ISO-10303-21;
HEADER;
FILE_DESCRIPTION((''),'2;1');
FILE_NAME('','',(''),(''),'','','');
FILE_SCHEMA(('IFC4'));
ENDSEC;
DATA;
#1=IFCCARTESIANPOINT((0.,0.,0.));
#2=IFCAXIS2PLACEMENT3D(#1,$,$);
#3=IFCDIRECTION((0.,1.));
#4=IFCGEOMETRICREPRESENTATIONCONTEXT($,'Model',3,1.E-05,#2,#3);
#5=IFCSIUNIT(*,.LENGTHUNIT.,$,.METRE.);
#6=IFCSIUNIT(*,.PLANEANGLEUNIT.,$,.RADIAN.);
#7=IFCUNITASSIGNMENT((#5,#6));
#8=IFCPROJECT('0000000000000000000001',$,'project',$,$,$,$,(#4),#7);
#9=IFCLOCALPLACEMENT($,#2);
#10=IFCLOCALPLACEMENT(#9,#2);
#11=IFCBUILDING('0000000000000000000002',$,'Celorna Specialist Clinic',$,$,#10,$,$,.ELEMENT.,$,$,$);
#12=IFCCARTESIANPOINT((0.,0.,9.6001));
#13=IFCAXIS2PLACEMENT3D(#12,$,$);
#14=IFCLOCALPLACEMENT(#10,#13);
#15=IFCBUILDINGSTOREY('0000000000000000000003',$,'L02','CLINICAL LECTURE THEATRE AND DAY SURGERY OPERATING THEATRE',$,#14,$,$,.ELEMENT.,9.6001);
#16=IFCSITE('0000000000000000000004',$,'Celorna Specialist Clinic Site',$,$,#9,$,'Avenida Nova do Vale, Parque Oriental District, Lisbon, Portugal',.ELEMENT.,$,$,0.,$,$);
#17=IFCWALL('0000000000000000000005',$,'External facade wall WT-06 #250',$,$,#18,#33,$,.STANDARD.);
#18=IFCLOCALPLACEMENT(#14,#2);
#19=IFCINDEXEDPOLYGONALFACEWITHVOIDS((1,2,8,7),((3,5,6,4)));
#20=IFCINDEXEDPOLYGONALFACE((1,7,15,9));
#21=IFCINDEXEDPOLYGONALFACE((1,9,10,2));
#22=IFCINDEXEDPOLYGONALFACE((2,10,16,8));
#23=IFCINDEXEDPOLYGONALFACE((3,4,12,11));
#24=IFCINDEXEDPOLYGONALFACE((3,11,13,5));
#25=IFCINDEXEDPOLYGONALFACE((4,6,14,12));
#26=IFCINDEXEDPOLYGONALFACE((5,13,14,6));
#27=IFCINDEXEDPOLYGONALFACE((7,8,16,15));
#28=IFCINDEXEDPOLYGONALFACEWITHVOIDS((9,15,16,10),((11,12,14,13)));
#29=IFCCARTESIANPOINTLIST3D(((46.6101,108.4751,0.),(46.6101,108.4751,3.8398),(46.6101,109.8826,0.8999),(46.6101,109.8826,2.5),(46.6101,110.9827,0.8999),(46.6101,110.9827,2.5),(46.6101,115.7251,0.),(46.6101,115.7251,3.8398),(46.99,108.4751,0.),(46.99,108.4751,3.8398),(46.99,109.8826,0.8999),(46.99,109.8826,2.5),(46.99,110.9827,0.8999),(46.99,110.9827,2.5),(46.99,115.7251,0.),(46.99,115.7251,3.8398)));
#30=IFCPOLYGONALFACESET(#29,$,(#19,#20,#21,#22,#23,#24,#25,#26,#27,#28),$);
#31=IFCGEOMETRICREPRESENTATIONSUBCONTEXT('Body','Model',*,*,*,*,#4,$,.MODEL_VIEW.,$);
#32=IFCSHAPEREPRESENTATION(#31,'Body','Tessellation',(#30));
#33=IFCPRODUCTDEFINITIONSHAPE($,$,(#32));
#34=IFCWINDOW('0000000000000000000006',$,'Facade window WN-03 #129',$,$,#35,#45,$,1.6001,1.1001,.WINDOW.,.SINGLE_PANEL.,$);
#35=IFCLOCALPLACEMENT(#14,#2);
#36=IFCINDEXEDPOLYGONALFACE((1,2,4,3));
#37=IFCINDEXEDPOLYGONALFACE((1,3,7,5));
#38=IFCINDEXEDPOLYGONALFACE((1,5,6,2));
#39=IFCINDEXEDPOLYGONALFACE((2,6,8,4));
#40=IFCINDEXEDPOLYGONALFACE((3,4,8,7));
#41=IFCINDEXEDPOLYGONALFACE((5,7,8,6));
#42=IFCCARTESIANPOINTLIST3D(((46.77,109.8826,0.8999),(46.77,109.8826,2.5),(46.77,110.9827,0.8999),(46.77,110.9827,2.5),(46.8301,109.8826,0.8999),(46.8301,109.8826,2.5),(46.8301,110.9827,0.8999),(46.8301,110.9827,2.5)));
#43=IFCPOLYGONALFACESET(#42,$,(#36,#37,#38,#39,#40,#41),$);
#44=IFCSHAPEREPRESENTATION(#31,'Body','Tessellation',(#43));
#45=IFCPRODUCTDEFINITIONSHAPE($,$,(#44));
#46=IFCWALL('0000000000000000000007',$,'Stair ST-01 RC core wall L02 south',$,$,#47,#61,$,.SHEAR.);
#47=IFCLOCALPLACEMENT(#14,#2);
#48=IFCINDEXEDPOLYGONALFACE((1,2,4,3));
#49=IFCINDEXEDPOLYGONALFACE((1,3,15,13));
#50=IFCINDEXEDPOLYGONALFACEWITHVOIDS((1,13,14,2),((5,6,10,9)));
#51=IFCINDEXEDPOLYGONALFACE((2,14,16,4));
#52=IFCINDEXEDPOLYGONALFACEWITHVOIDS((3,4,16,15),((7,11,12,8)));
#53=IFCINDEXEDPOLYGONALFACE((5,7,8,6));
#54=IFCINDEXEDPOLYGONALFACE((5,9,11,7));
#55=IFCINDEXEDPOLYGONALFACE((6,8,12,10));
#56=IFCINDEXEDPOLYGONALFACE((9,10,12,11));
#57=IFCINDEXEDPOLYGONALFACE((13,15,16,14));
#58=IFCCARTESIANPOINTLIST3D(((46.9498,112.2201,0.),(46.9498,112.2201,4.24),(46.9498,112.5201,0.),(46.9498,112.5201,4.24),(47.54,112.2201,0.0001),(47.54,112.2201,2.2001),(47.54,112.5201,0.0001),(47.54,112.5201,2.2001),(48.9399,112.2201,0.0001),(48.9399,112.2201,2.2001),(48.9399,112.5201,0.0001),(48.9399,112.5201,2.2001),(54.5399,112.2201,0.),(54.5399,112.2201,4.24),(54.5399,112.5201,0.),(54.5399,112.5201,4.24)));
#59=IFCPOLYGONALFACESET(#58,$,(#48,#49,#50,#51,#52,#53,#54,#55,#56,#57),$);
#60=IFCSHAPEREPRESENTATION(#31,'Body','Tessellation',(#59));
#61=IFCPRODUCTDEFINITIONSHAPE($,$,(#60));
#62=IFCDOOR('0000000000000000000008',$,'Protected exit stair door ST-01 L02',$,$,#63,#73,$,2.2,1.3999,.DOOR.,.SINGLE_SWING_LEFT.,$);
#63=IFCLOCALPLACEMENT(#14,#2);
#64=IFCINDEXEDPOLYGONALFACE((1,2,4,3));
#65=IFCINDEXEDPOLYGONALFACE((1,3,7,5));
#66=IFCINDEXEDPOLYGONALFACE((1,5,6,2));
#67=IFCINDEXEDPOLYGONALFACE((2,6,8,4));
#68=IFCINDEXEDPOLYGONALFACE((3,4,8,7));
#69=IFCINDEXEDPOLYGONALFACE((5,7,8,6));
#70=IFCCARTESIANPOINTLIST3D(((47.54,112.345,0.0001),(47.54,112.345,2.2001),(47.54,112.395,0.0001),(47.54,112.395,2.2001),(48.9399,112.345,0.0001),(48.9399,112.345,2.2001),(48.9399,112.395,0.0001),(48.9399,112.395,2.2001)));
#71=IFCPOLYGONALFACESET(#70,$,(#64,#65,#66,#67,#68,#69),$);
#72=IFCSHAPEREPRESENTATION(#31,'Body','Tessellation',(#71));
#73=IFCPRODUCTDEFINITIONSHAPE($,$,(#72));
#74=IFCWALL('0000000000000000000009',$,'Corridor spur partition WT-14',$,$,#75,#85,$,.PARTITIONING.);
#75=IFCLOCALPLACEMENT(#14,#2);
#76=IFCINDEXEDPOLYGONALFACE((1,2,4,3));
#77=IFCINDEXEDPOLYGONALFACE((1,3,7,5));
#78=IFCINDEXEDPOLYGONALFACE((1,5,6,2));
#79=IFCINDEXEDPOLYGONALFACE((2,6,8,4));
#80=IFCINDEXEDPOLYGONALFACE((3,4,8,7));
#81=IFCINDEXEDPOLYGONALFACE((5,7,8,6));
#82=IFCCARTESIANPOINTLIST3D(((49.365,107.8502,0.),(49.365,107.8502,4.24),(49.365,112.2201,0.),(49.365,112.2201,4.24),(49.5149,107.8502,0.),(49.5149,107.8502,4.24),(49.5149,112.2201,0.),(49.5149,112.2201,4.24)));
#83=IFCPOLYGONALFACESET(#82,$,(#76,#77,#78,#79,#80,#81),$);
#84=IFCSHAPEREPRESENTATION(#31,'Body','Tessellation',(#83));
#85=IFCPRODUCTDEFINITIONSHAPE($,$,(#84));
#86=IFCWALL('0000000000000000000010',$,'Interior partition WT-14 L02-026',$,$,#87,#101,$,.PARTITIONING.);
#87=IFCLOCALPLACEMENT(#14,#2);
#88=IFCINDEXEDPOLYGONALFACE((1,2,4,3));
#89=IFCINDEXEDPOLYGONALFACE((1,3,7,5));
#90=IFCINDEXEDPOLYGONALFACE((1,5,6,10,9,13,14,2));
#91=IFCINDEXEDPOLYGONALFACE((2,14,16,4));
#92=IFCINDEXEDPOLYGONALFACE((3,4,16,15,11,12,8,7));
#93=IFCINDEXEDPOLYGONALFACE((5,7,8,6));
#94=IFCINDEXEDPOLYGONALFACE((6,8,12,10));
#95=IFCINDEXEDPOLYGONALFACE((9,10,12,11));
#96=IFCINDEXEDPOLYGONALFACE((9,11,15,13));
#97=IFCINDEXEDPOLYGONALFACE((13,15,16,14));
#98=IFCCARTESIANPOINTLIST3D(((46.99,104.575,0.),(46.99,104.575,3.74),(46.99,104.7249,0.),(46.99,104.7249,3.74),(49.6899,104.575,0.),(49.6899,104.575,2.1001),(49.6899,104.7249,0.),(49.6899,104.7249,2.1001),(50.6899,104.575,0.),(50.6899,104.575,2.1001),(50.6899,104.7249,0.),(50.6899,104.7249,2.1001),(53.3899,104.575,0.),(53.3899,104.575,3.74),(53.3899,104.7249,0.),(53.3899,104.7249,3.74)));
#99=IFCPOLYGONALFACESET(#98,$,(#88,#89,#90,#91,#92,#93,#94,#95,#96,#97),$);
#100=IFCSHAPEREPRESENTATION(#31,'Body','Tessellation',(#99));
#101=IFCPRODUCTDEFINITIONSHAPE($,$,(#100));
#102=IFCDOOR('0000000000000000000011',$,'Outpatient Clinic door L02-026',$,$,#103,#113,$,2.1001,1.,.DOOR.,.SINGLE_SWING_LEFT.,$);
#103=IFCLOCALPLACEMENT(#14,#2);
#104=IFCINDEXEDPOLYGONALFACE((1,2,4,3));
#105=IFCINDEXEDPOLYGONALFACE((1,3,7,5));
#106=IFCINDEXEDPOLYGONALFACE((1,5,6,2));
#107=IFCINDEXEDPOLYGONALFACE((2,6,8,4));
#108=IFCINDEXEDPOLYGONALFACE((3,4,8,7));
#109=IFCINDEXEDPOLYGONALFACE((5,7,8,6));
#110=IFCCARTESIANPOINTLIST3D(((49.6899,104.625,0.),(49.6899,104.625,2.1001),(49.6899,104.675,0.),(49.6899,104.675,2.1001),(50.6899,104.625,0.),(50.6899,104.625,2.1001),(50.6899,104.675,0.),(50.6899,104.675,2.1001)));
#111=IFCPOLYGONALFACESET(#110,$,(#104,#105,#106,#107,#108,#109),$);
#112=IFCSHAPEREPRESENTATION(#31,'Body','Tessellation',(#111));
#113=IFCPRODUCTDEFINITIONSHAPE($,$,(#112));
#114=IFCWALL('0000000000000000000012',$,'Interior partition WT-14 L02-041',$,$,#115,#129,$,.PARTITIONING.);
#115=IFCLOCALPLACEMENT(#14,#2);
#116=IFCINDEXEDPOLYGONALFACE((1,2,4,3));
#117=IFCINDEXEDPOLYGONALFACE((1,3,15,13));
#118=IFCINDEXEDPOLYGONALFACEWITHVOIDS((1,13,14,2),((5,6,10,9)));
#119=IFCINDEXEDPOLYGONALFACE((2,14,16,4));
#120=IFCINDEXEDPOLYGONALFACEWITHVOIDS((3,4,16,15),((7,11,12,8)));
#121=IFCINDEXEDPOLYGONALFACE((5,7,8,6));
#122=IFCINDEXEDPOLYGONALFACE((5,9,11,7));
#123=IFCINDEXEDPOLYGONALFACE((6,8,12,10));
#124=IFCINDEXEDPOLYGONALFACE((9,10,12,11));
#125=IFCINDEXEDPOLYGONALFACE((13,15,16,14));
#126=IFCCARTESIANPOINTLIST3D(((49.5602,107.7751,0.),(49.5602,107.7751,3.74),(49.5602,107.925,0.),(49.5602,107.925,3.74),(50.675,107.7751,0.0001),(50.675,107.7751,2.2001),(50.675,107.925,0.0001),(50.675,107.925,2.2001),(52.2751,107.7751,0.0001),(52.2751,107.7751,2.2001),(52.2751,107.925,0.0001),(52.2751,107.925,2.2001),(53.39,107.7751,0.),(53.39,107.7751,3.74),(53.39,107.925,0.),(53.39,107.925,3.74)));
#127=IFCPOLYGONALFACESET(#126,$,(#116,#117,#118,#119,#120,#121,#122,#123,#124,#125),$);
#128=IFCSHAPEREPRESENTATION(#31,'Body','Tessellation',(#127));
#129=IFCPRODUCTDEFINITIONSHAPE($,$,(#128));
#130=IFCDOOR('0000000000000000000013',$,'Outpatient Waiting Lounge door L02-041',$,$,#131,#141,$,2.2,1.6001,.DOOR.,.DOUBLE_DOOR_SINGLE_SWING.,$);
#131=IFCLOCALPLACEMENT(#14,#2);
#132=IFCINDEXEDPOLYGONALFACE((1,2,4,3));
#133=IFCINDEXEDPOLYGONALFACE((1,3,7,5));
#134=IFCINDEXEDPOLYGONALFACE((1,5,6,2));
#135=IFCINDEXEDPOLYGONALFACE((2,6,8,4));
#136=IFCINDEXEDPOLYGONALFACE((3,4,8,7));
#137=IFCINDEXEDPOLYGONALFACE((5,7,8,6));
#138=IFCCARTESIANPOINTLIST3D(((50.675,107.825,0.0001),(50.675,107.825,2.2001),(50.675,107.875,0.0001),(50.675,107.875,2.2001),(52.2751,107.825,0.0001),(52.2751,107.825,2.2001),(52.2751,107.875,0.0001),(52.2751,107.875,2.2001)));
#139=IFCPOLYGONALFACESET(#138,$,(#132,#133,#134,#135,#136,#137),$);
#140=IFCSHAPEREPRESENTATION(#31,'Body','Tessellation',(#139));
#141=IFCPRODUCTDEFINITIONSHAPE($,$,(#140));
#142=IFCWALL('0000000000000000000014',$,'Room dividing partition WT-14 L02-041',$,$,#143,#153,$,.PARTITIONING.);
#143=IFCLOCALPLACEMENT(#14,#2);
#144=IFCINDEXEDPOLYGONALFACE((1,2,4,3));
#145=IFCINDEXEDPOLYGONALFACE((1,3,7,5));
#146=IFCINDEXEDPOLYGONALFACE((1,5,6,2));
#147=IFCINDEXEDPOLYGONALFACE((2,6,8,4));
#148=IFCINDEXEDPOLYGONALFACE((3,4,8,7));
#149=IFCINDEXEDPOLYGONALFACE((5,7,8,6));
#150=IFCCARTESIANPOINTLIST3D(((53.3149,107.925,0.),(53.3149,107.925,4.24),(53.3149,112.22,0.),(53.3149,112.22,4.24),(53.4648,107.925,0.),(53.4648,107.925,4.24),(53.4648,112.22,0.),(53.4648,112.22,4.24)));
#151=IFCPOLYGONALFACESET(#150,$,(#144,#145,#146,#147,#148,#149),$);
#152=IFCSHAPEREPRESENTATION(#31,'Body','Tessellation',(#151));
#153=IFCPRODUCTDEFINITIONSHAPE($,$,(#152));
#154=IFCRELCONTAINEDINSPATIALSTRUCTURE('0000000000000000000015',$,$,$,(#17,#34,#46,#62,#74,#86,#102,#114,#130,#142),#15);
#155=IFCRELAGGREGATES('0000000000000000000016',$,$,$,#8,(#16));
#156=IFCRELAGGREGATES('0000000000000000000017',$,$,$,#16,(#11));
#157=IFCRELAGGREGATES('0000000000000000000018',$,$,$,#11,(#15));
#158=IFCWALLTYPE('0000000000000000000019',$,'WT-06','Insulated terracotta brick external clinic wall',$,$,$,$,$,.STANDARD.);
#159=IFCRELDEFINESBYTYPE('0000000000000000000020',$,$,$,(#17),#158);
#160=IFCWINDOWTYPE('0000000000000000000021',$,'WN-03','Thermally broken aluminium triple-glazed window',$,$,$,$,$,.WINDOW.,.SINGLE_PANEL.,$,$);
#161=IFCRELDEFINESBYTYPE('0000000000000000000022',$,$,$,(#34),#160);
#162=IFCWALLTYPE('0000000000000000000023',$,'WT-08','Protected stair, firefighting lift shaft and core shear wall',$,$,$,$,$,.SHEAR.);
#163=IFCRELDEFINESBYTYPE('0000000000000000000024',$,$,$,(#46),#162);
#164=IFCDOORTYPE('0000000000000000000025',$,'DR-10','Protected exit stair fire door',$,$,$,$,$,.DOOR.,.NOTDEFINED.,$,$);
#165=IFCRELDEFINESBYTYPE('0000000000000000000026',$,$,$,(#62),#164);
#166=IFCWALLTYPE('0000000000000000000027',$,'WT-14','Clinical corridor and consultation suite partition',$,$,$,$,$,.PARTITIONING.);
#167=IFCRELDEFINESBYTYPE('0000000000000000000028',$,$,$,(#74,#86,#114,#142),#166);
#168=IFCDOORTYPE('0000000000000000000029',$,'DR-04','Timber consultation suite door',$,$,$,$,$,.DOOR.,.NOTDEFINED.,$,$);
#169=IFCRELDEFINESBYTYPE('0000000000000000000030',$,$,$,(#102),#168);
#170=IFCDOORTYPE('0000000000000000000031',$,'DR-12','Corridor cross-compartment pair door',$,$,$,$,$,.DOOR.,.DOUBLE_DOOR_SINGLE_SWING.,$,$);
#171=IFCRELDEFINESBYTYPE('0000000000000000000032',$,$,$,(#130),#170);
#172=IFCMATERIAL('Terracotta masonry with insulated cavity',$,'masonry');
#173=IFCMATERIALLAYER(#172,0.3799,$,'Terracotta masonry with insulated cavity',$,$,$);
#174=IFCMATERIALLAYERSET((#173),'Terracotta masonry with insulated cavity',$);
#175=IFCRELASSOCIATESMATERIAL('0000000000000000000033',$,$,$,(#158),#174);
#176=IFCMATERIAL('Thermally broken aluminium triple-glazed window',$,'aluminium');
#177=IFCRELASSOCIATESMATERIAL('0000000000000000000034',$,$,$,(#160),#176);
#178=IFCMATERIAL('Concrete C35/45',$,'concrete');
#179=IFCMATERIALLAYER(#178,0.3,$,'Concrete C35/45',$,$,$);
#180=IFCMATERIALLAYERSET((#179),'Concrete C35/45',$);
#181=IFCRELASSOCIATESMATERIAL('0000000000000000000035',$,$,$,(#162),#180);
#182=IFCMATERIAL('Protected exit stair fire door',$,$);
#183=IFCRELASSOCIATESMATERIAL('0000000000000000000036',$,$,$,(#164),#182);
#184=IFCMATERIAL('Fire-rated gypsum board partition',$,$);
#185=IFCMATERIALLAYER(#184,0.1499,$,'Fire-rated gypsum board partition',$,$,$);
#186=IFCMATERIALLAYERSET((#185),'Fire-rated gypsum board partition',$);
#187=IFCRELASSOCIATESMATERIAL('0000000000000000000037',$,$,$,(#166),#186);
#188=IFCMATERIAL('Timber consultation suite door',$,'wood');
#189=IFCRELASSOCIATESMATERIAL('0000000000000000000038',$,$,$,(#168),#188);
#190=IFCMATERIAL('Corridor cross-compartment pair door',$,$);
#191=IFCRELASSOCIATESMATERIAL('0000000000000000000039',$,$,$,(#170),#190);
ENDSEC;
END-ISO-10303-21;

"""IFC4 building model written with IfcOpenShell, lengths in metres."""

from ifc_helpers import new_model, si_unit, direction, frame, frame_2d, origin, place, context, subcontext, project, spatial, rectangle, extrude, material, layer, layer_set, type_object, element, fill, save


model = new_model("IFC4")

# Units and contexts
model_context = context("Model", 3, precision=1e-05, world=origin(), true_north=direction((0.0, 1.0)))
body_context = subcontext(model_context, "Body", "Model", "MODEL_VIEW")
ifc_project = project(units=[si_unit("LENGTHUNIT", "METRE"), si_unit("PLANEANGLEUNIT", "RADIAN")], contexts=[model_context])

# Site, building, storey
site_placement = place(None, origin())
site = spatial("IfcSite", under=ifc_project, at=site_placement, Name="Celorna Specialist Clinic Site", LongName="Avenida Nova do Vale, Parque Oriental District, Lisbon, Portugal", CompositionType="ELEMENT", RefElevation=0.0)
building_placement = place(site_placement, origin())
building = spatial("IfcBuilding", under=site, at=building_placement, Name="Celorna Specialist Clinic", CompositionType="ELEMENT")
storey_placement = place(building_placement, frame((0.0, 0.0, 9.6001)))
storey = spatial("IfcBuildingStorey", under=building, at=storey_placement, Name="L02", Description="CLINICAL LECTURE THEATRE AND DAY SURGERY OPERATING THEATRE", CompositionType="ELEMENT", Elevation=9.6001)

# Shared definitions
ifc_material_1 = material(Name="Concrete C35/45", Category="concrete")

# Wall, opening, window
ifc_material_2 = material(Name="Terracotta masonry with insulated cavity", Category="masonry")
ifc_layer_1 = layer(ifc_material_2, 0.3799, Name="Terracotta masonry with insulated cavity")
ifc_layer_set_1 = layer_set([ifc_layer_1], Name="Terracotta masonry with insulated cavity")
wall_type_1 = type_object("IfcWallType", Name="WT-06", Description="Insulated terracotta brick external clinic wall", PredefinedType="STANDARD", material=ifc_layer_set_1)
ifc_material_3 = material(Name="Thermally broken aluminium triple-glazed window", Category="aluminium")
wall_1_placement = place(storey_placement, frame((46.8, 108.4751, 0.0), z_axis=(0.0, 0.0, 1.0), x_axis=(0.0, 1.0, 0.0)))
wall_1 = element("IfcWall", 1, at=wall_1_placement, inside=storey, type_object=wall_type_1, Name="External facade wall WT-06 #250", PredefinedType="STANDARD", context=body_context, shape_type="SweptSolid", body=[
    extrude(rectangle(XDim=7.25, YDim=0.3799, at=frame_2d((3.625, 0.0))), origin(), (0.0, 0.0, 1.0), 3.8398),
])
opening_1_placement = place(wall_1_placement, frame((1.4075, 0.0, 0.8999)))
opening_1 = element("IfcOpeningElement", 2, at=opening_1_placement, cuts=wall_1, PredefinedType="OPENING", context=body_context, shape_type="SweptSolid", body=[
    extrude(rectangle(XDim=1.1001, YDim=1.6001, at=frame_2d((0.55, 0.8))), frame((0.0, 0.2, 0.0), z_axis=(0.0, -1.0, 0.0), x_axis=(1.0, 0.0, 0.0)), (0.0, 0.0, 1.0), 0.3999),
])
window_type_1 = type_object("IfcWindowType", Name="WN-03", Description="Thermally broken aluminium triple-glazed window", PartitioningType="SINGLE_PANEL", PredefinedType="WINDOW", material=ifc_material_3)
window_1_placement = place(opening_1_placement, origin())
window_1 = element("IfcWindow", 3, at=window_1_placement, inside=storey, type_object=window_type_1, Name="Facade window WN-03 #129", OverallHeight=1.6001, OverallWidth=1.1001, PartitioningType="SINGLE_PANEL", PredefinedType="WINDOW", context=body_context, shape_type="SweptSolid", body=[
    extrude(rectangle(XDim=1.1001, YDim=1.6001, at=frame_2d((0.55, 0.8))), frame((0.0, 0.03, 0.0), z_axis=(0.0, -1.0, 0.0), x_axis=(1.0, 0.0, 0.0)), (0.0, 0.0, 1.0), 0.0601),
])
fill(opening_1, window_1)

# Wall, opening, door
ifc_layer_2 = layer(ifc_material_1, 0.3, Name="Concrete C35/45")
ifc_layer_set_2 = layer_set([ifc_layer_2], Name="Concrete C35/45")
wall_type_2 = type_object("IfcWallType", Name="WT-08", Description="Protected stair, firefighting lift shaft and core shear wall", PredefinedType="SHEAR", material=ifc_layer_set_2)
wall_2_placement = place(storey_placement, frame((46.95, 112.3701, 0.0), z_axis=(0.0, 0.0, 1.0), x_axis=(1.0, 0.0, 0.0)))
wall_2 = element("IfcWall", 4, at=wall_2_placement, inside=storey, type_object=wall_type_2, Name="Stair ST-01 RC core wall L02 south", PredefinedType="SHEAR", context=body_context, shape_type="SweptSolid", body=[
    extrude(rectangle(XDim=7.5901, YDim=0.3, at=frame_2d((3.7949, 0.0))), origin(), (0.0, 0.0, 1.0), 4.24),
])
opening_2_placement = place(wall_2_placement, frame((0.5901, 0.0, 0.0)))
opening_2 = element("IfcOpeningElement", 5, at=opening_2_placement, cuts=wall_2, PredefinedType="OPENING", context=body_context, shape_type="SweptSolid", body=[
    extrude(rectangle(XDim=1.3999, YDim=2.2, at=frame_2d((0.7, 1.1001))), frame((0.0, 0.1599, 0.0), z_axis=(0.0, -1.0, 0.0), x_axis=(1.0, 0.0, 0.0)), (0.0, 0.0, 1.0), 0.3201),
])
ifc_material_4 = material(Name="Protected exit stair fire door")
door_type_1 = type_object("IfcDoorType", Name="DR-10", Description="Protected exit stair fire door", OperationType="NOTDEFINED", PredefinedType="DOOR", material=ifc_material_4)
door_1_placement = place(opening_2_placement, origin())
door_1 = element("IfcDoor", 6, at=door_1_placement, inside=storey, type_object=door_type_1, Name="Protected exit stair door ST-01 L02", OperationType="SINGLE_SWING_LEFT", OverallHeight=2.2, OverallWidth=1.3999, PredefinedType="DOOR", context=body_context, shape_type="SweptSolid", body=[
    extrude(rectangle(XDim=1.3999, YDim=2.2, at=frame_2d((0.7, 1.1001))), frame((0.0, 0.0249, 0.0), z_axis=(0.0, -1.0, 0.0), x_axis=(1.0, 0.0, 0.0)), (0.0, 0.0, 1.0), 0.05),
])
fill(opening_2, door_1)

# Wall
ifc_material_5 = material(Name="Fire-rated gypsum board partition")
ifc_layer_3 = layer(ifc_material_5, 0.1499, Name="Fire-rated gypsum board partition")
ifc_layer_set_3 = layer_set([ifc_layer_3], Name="Fire-rated gypsum board partition")
wall_type_3 = type_object("IfcWallType", Name="WT-14", Description="Clinical corridor and consultation suite partition", PredefinedType="PARTITIONING", material=ifc_layer_set_3)
wall_3_placement = place(storey_placement, frame((49.4399, 107.8501, 0.0), z_axis=(0.0, 0.0, 1.0), x_axis=(0.0, 1.0, 0.0)))
element("IfcWall", 7, at=wall_3_placement, inside=storey, type_object=wall_type_3, Name="Corridor spur partition WT-14", PredefinedType="PARTITIONING", context=body_context, shape_type="SweptSolid", body=[
    extrude(rectangle(XDim=4.3699, YDim=0.1499, at=frame_2d((2.1851, 0.0))), origin(), (0.0, 0.0, 1.0), 4.24),
])

# Walls, openings, doors
wall_4_placement = place(storey_placement, frame((53.3899, 104.6499, 0.0), z_axis=(0.0, 0.0, 1.0), x_axis=(-1.0, 0.0, 0.0)))
wall_4 = element("IfcWall", 8, at=wall_4_placement, inside=storey, type_object=wall_type_3, Name="Interior partition WT-14 L02-026", PredefinedType="PARTITIONING", context=body_context, shape_type="SweptSolid", body=[
    extrude(rectangle(XDim=6.3999, YDim=0.1499, at=frame_2d((3.2, 0.0))), origin(), (0.0, 0.0, 1.0), 3.74),
])
opening_3_placement = place(wall_4_placement, frame((2.7, 0.0, 0.0)))
opening_3 = element("IfcOpeningElement", 9, at=opening_3_placement, cuts=wall_4, PredefinedType="OPENING", context=body_context, shape_type="SweptSolid", body=[
    extrude(rectangle(XDim=1.0, YDim=2.1001, at=frame_2d((0.5, 1.05))), frame((0.0, 0.085, 0.0), z_axis=(0.0, -1.0, 0.0), x_axis=(1.0, 0.0, 0.0)), (0.0, 0.0, 1.0), 0.1699),
])
ifc_material_6 = material(Name="Timber consultation suite door", Category="wood")
door_type_2 = type_object("IfcDoorType", Name="DR-04", Description="Timber consultation suite door", OperationType="NOTDEFINED", PredefinedType="DOOR", material=ifc_material_6)
door_2_placement = place(opening_3_placement, origin())
door_2 = element("IfcDoor", 10, at=door_2_placement, inside=storey, type_object=door_type_2, Name="Outpatient Clinic door L02-026", OperationType="SINGLE_SWING_LEFT", OverallHeight=2.1001, OverallWidth=1.0, PredefinedType="DOOR", context=body_context, shape_type="SweptSolid", body=[
    extrude(rectangle(XDim=1.0, YDim=2.1001, at=frame_2d((0.5, 1.05))), frame((0.0, 0.0249, 0.0), z_axis=(0.0, -1.0, 0.0), x_axis=(1.0, 0.0, 0.0)), (0.0, 0.0, 1.0), 0.05),
])
fill(opening_3, door_2)
wall_5_placement = place(storey_placement, frame((49.5601, 107.8501, 0.0), z_axis=(0.0, 0.0, 1.0), x_axis=(1.0, 0.0, 0.0)))
wall_5 = element("IfcWall", 11, at=wall_5_placement, inside=storey, type_object=wall_type_3, Name="Interior partition WT-14 L02-041", PredefinedType="PARTITIONING", context=body_context, shape_type="SweptSolid", body=[
    extrude(rectangle(XDim=3.8298, YDim=0.1499, at=frame_2d((1.915, 0.0))), origin(), (0.0, 0.0, 1.0), 3.74),
])
opening_4_placement = place(wall_5_placement, frame((1.115, 0.0, 0.0)))
opening_4 = element("IfcOpeningElement", 12, at=opening_4_placement, cuts=wall_5, PredefinedType="OPENING", context=body_context, shape_type="SweptSolid", body=[
    extrude(rectangle(XDim=1.6001, YDim=2.2, at=frame_2d((0.8, 1.1001))), frame((0.0, 0.085, 0.0), z_axis=(0.0, -1.0, 0.0), x_axis=(1.0, 0.0, 0.0)), (0.0, 0.0, 1.0), 0.1699),
])
ifc_material_7 = material(Name="Corridor cross-compartment pair door")
door_type_3 = type_object("IfcDoorType", Name="DR-12", Description="Corridor cross-compartment pair door", OperationType="DOUBLE_DOOR_SINGLE_SWING", PredefinedType="DOOR", material=ifc_material_7)
door_3_placement = place(opening_4_placement, origin())
door_3 = element("IfcDoor", 13, at=door_3_placement, inside=storey, type_object=door_type_3, Name="Outpatient Waiting Lounge door L02-041", OperationType="DOUBLE_DOOR_SINGLE_SWING", OverallHeight=2.2, OverallWidth=1.6001, PredefinedType="DOOR", context=body_context, shape_type="SweptSolid", body=[
    extrude(rectangle(XDim=1.6001, YDim=2.2, at=frame_2d((0.8, 1.1001))), frame((0.0, 0.0249, 0.0), z_axis=(0.0, -1.0, 0.0), x_axis=(1.0, 0.0, 0.0)), (0.0, 0.0, 1.0), 0.05),
])
fill(opening_4, door_3)

# Wall
wall_6_placement = place(storey_placement, frame((53.3899, 107.925, 0.0), z_axis=(0.0, 0.0, 1.0), x_axis=(0.0, 1.0, 0.0)))
element("IfcWall", 14, at=wall_6_placement, inside=storey, type_object=wall_type_3, Name="Room dividing partition WT-14 L02-041", PredefinedType="PARTITIONING", context=body_context, shape_type="SweptSolid", body=[
    extrude(rectangle(XDim=4.2949, YDim=0.1499, at=frame_2d((2.1475, 0.0))), origin(), (0.0, 0.0, 1.0), 4.24),
])

save(model, "model.ifc")
